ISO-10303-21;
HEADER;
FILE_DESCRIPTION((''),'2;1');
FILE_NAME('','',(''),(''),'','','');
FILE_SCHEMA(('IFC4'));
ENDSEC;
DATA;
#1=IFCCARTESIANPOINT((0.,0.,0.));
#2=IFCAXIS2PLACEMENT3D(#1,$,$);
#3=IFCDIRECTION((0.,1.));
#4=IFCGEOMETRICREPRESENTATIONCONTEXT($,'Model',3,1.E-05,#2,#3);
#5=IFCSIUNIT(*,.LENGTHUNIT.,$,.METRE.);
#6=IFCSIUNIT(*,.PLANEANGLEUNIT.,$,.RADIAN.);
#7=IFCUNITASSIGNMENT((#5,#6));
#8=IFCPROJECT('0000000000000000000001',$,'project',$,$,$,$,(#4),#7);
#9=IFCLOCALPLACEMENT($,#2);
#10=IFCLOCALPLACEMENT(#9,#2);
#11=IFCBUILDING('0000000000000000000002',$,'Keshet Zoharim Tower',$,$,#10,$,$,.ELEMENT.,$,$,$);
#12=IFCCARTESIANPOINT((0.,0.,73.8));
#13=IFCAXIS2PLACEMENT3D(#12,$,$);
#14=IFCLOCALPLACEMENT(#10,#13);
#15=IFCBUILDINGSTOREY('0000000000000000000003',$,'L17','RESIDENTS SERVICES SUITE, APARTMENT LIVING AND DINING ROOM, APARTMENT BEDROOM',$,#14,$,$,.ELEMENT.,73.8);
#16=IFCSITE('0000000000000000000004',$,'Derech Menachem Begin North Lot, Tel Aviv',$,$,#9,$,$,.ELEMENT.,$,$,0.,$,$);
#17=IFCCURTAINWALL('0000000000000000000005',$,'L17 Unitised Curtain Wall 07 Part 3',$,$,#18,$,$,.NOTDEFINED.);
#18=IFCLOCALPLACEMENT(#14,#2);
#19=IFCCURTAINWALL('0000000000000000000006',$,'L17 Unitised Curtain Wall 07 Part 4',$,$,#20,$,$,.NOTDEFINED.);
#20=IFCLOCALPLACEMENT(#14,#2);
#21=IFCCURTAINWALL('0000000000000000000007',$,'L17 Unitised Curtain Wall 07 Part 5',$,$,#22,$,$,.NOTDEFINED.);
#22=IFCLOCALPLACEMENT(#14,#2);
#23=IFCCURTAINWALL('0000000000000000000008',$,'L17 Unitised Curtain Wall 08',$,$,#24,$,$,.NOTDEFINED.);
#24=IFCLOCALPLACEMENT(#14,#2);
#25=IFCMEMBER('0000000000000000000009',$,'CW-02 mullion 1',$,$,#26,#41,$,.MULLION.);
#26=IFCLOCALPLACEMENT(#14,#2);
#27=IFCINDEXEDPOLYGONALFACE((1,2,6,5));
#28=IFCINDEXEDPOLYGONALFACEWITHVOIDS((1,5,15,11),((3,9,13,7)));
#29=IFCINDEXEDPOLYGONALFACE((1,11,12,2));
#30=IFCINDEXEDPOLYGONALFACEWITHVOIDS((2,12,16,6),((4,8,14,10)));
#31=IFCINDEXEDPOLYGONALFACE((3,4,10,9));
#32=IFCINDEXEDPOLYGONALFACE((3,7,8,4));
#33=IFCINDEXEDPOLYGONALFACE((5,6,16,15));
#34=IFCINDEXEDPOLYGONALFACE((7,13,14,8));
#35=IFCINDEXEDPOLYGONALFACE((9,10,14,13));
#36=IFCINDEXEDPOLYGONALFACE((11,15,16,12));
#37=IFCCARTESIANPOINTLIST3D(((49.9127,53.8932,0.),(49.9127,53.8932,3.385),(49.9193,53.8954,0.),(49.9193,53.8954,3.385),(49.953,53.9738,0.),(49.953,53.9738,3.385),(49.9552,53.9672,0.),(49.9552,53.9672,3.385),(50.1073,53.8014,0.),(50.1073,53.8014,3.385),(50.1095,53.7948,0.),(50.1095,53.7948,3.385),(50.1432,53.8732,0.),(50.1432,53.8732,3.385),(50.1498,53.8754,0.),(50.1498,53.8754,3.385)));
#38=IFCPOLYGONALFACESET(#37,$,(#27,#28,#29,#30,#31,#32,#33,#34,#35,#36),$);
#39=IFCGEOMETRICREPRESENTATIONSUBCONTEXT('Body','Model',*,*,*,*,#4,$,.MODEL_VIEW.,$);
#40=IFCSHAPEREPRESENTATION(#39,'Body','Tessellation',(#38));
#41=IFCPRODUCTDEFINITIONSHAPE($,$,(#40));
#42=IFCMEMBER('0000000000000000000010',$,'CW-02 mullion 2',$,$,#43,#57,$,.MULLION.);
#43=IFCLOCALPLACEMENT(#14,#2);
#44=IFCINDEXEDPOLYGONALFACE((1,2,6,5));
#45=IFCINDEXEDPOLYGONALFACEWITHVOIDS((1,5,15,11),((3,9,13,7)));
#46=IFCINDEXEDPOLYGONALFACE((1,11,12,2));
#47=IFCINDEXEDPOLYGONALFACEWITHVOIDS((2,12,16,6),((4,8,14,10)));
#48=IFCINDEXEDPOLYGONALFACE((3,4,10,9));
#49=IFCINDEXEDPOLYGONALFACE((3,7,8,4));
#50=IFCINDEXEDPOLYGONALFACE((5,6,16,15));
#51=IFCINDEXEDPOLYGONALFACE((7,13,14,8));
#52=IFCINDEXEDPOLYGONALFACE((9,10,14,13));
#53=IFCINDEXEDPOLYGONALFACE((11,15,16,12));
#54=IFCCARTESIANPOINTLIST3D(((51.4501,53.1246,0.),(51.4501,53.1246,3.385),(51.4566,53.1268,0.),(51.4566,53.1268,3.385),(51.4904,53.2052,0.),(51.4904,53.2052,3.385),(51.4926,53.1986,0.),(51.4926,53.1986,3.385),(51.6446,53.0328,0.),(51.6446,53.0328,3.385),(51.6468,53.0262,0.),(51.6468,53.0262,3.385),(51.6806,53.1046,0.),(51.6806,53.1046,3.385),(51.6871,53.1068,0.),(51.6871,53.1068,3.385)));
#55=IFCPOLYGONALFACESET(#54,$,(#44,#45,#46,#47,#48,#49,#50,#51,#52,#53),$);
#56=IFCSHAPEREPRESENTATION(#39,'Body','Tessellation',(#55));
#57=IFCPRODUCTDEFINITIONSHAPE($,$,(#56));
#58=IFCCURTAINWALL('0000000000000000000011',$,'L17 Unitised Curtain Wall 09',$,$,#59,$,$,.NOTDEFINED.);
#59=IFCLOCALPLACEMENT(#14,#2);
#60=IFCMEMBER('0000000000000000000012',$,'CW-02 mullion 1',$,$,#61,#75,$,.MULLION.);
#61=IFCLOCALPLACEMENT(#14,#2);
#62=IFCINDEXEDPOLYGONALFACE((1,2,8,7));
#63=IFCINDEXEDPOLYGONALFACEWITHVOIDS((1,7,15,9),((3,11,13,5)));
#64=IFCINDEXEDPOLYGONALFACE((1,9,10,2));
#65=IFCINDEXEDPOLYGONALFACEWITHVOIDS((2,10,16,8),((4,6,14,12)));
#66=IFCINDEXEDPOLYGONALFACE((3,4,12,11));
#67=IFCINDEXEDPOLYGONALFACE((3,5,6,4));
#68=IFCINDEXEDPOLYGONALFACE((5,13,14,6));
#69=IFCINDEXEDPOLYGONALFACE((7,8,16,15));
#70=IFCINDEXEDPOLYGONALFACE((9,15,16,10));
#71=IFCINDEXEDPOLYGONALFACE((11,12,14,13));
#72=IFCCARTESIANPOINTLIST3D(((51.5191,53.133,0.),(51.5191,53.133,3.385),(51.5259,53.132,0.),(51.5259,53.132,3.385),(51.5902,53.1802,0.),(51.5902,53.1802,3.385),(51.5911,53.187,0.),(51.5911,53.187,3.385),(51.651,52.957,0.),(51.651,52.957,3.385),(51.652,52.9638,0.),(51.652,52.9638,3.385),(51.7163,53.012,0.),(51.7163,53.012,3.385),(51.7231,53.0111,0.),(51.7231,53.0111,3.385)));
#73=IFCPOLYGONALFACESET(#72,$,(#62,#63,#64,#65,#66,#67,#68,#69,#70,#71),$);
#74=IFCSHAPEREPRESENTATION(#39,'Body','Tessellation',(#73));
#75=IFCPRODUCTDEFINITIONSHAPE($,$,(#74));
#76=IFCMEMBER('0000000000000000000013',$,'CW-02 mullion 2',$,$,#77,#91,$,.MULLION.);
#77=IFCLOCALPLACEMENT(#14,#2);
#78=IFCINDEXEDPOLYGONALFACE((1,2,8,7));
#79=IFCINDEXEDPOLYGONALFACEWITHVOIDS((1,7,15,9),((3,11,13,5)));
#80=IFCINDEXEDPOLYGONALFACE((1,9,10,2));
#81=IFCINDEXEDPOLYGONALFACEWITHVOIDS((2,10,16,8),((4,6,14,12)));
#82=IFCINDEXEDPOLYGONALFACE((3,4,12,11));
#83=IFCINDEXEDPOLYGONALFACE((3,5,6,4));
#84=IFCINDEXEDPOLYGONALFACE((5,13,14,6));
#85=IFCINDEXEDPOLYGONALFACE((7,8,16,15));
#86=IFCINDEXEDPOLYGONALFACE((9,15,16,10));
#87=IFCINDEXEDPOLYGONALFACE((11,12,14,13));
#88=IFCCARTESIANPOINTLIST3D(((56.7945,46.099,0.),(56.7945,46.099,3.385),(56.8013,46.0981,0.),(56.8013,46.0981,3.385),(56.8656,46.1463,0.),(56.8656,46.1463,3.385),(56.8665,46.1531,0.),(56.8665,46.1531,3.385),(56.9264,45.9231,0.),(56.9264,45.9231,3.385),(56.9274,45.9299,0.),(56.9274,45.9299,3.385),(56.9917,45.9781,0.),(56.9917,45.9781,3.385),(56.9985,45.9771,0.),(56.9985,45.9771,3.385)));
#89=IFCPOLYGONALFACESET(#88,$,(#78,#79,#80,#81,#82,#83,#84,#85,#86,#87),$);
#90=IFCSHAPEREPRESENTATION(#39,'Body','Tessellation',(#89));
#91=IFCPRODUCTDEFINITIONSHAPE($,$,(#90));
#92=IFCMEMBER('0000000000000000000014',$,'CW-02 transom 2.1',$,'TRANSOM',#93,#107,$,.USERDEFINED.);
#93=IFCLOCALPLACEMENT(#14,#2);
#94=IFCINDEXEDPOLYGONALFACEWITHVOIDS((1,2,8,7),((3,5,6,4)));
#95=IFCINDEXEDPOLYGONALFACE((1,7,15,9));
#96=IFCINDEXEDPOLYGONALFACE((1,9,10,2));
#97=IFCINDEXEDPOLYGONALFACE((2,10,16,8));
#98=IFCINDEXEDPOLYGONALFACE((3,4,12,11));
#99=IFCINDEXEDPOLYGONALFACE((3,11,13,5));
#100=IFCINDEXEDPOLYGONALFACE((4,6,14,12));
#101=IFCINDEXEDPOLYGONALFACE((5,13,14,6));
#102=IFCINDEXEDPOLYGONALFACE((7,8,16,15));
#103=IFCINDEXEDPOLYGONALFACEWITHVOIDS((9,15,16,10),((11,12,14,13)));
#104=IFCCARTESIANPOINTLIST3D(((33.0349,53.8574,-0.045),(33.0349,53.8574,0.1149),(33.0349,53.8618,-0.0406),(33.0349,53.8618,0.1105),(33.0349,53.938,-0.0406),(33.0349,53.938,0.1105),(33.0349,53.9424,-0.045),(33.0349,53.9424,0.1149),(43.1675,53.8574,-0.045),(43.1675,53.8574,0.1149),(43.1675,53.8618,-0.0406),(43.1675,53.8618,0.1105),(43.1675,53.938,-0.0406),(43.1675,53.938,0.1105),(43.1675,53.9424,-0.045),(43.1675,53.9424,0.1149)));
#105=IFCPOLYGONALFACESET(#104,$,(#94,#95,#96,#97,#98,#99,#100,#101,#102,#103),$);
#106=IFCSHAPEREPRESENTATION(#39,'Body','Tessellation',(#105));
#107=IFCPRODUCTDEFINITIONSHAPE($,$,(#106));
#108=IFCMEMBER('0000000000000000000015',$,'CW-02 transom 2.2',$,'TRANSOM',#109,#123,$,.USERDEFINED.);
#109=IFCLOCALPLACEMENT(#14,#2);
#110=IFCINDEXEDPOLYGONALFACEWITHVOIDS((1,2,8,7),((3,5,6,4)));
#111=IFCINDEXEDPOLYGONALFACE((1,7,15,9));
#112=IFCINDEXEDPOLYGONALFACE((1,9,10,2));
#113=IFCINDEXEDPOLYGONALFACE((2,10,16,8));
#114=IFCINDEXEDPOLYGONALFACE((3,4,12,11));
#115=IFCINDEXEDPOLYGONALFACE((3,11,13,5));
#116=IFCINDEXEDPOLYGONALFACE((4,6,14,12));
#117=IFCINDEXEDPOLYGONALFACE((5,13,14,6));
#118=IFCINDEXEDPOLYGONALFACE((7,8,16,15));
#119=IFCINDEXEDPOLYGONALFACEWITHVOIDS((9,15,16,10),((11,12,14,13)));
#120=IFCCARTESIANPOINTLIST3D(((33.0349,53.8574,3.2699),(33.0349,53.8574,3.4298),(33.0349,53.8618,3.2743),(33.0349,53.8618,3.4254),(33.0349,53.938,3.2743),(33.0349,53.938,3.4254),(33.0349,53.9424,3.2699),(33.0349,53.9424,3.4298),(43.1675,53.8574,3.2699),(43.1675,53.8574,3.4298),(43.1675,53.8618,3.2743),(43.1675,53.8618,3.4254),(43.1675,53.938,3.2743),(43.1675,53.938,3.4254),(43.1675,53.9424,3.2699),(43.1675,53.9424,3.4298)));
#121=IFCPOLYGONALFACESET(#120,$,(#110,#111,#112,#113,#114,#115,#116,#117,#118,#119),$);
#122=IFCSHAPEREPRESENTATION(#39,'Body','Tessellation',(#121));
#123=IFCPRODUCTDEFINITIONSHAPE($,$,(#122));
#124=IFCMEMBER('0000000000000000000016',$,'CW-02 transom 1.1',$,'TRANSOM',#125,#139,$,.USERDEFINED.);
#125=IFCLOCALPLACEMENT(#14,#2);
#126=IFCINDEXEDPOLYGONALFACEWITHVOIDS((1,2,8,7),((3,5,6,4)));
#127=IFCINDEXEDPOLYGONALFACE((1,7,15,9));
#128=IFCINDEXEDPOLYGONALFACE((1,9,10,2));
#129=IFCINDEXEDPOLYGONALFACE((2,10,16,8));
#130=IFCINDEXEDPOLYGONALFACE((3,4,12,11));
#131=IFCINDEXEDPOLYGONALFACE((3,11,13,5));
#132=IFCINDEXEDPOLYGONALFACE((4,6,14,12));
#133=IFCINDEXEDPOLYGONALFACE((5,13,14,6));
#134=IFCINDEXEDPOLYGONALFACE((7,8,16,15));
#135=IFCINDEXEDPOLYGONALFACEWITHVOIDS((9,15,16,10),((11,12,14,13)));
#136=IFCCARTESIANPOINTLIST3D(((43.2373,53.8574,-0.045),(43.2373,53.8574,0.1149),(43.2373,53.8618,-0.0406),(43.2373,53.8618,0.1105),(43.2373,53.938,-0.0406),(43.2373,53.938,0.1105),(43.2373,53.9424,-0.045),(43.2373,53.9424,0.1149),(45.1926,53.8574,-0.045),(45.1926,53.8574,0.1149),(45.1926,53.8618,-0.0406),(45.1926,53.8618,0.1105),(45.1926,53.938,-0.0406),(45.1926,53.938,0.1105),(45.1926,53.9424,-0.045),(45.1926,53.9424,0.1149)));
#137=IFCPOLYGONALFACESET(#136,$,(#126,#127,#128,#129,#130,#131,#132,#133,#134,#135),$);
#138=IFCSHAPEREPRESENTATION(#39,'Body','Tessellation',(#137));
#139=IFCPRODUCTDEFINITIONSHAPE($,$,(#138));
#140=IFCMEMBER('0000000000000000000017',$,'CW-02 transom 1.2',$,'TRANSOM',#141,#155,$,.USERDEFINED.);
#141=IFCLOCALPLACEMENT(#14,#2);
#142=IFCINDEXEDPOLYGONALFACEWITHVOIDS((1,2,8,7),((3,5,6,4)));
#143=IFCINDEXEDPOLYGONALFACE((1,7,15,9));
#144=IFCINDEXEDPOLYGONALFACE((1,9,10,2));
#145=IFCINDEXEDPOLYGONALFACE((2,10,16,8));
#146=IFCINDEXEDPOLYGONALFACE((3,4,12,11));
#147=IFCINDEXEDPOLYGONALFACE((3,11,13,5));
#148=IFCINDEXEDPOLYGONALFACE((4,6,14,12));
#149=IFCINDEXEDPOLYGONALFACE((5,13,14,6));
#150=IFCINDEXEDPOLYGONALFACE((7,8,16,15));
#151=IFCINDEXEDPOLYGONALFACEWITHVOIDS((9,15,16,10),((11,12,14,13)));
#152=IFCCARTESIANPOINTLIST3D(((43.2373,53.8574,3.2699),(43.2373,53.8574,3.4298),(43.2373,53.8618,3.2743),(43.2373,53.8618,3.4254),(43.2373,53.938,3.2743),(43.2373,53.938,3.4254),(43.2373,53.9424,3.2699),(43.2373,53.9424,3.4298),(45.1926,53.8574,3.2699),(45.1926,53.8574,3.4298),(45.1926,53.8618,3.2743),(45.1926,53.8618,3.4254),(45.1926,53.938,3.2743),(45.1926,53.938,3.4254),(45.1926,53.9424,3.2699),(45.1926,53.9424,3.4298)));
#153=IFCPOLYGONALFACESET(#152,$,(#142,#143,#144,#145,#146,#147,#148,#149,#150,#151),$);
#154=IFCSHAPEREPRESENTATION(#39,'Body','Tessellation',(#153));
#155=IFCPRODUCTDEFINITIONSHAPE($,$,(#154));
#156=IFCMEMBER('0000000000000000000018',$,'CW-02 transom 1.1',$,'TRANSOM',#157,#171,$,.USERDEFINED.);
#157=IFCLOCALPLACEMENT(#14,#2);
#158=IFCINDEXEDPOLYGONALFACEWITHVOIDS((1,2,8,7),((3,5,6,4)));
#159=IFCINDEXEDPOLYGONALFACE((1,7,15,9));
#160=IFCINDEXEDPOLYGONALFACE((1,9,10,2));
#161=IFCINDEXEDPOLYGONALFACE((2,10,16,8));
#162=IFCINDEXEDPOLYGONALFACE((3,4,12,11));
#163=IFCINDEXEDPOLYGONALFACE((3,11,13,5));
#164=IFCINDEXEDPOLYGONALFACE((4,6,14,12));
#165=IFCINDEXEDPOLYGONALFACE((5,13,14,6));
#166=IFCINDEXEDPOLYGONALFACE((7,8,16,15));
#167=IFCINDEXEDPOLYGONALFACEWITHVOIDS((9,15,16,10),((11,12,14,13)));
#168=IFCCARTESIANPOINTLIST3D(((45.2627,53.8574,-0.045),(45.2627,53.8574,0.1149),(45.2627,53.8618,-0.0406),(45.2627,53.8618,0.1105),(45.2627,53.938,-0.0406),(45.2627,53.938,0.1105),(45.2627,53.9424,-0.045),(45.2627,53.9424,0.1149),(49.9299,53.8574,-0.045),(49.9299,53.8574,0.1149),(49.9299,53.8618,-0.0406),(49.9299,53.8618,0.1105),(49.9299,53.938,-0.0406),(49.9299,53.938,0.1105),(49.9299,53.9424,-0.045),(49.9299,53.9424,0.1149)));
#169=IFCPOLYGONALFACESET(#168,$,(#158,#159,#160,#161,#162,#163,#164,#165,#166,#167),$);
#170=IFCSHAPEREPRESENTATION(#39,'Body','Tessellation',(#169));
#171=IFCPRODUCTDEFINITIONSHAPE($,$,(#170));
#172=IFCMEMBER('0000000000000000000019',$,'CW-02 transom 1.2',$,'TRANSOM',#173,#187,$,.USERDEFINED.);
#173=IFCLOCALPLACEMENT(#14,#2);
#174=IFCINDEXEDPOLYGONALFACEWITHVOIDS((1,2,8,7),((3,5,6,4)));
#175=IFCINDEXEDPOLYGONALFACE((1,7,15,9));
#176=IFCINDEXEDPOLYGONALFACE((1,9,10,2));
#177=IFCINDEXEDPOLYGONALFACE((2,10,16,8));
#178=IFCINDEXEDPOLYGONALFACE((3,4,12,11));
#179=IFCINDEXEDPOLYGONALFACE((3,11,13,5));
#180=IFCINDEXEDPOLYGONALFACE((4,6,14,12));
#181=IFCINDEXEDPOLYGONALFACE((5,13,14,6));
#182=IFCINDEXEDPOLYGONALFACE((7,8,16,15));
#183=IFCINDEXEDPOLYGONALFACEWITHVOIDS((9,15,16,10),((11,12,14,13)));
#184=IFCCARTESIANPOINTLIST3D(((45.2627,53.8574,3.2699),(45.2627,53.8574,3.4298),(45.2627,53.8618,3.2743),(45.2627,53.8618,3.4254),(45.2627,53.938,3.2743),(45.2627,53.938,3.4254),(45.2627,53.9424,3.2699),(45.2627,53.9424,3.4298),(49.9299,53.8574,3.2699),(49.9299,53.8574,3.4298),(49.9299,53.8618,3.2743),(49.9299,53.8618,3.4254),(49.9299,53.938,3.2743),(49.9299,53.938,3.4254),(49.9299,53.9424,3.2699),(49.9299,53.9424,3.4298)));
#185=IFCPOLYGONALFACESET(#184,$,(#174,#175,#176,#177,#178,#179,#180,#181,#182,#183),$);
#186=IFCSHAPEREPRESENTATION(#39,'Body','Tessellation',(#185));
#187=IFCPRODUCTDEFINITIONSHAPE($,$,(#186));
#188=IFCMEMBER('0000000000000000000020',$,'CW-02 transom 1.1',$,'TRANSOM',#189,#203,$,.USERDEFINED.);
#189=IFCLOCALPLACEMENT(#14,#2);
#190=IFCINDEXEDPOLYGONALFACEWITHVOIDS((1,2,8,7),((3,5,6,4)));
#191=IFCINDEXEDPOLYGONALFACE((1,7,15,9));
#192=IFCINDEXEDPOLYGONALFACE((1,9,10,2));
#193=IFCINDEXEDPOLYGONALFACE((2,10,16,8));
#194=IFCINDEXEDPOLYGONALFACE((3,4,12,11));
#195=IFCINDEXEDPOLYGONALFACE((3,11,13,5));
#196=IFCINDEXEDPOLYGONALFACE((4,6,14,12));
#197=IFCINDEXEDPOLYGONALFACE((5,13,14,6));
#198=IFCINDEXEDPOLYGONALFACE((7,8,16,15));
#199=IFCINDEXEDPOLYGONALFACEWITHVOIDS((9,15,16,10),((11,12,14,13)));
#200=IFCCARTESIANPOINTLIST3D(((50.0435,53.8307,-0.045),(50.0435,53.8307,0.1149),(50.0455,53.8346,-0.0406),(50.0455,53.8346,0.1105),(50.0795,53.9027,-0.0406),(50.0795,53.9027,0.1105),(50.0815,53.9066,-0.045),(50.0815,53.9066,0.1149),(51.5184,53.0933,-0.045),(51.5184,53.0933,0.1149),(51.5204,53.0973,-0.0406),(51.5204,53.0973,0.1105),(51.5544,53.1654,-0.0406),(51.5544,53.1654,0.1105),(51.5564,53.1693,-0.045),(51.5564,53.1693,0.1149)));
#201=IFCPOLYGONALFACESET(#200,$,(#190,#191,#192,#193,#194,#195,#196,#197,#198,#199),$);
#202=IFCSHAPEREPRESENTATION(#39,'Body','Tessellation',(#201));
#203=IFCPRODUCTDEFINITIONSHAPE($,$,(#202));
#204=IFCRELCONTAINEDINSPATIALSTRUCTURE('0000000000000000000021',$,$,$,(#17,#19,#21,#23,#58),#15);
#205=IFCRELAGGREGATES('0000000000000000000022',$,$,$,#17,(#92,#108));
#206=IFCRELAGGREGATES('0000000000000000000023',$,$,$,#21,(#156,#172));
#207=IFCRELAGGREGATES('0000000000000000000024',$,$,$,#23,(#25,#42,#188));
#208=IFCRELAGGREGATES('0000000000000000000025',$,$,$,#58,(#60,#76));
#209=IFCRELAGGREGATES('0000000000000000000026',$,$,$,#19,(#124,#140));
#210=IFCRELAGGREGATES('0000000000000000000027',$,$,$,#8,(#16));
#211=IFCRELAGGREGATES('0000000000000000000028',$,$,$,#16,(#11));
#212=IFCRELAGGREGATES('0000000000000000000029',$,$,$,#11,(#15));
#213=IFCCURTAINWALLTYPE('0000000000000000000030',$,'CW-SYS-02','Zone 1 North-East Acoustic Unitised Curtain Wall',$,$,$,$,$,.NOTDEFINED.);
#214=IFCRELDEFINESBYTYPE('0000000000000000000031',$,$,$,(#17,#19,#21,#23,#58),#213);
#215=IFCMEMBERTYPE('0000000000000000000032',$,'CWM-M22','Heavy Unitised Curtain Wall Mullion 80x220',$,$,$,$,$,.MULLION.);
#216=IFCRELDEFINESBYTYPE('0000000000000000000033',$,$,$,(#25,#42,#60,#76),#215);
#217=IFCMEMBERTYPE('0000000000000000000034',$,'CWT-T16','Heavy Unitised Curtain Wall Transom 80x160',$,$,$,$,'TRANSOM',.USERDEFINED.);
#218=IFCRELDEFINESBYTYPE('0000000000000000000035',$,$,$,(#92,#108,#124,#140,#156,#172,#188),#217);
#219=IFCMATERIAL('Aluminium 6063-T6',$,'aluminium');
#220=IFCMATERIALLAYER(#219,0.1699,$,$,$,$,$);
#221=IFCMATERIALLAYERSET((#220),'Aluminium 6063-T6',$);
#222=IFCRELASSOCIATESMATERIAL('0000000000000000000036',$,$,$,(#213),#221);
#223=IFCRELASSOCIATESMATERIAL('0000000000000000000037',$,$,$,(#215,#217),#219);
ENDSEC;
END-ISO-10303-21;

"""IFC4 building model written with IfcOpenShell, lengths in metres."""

from ifc_helpers import new_model, si_unit, direction, frame, origin, origin_2d, place, context, subcontext, project, spatial, hollow_rectangle, extrude, material, layer, layer_set, material_profile, profile_set, type_object, element, aggregate, save


model = new_model("IFC4")

# Units and contexts
model_context = context("Model", 3, precision=1e-05, world=origin(), true_north=direction((0.0, 1.0)))
body_context = subcontext(model_context, "Body", "Model", "MODEL_VIEW")
ifc_project = project(units=[si_unit("LENGTHUNIT", "METRE"), si_unit("PLANEANGLEUNIT", "RADIAN")], contexts=[model_context])

# Site, building, storey
site_placement = place(None, origin())
site = spatial("IfcSite", under=ifc_project, at=site_placement, Name="Derech Menachem Begin North Lot, Tel Aviv", CompositionType="ELEMENT", RefElevation=0.0)
building_placement = place(site_placement, origin())
building = spatial("IfcBuilding", under=site, at=building_placement, Name="Keshet Zoharim Tower", CompositionType="ELEMENT")
storey_placement = place(building_placement, frame((0.0, 0.0, 73.8)))
storey = spatial("IfcBuildingStorey", under=building, at=storey_placement, Name="L17", Description="RESIDENTS SERVICES SUITE, APARTMENT LIVING AND DINING ROOM, APARTMENT BEDROOM", CompositionType="ELEMENT", Elevation=73.8)

# Curtain walls
ifc_material_1 = material(Name="Aluminium 6063-T6", Category="aluminium")
ifc_layer_1 = layer(ifc_material_1, 0.1699)
ifc_layer_set_1 = layer_set([ifc_layer_1], Name="Aluminium 6063-T6")
curtain_wall_type = type_object("IfcCurtainWallType", Name="CW-SYS-02", Description="Zone 1 North-East Acoustic Unitised Curtain Wall", PredefinedType="NOTDEFINED", material=ifc_layer_set_1)
curtain_wall_1_placement = place(storey_placement, origin())
curtain_wall_1 = element("IfcCurtainWall", 1, at=curtain_wall_1_placement, inside=storey, type_object=curtain_wall_type, Name="L17 Unitised Curtain Wall 07 Part 3", PredefinedType="NOTDEFINED")
ifc_material_profile_1 = material_profile(ifc_material_1, hollow_rectangle(XDim=0.0901, YDim=0.22, WallThickness=0.0049, at=origin_2d()), Name="MUL-90x220")
ifc_profile_set_1 = profile_set([ifc_material_profile_1], Name="Aluminium 6063-T6")
member_type_1 = type_object("IfcMemberType", Name="CWM-M22", Description="Heavy Unitised Curtain Wall Mullion 80x220", PredefinedType="MULLION", material=ifc_profile_set_1)
curtain_wall_2_placement = place(storey_placement, origin())
curtain_wall_2 = element("IfcCurtainWall", 2, at=curtain_wall_2_placement, inside=storey, type_object=curtain_wall_type, Name="L17 Unitised Curtain Wall 07 Part 4", PredefinedType="NOTDEFINED")
curtain_wall_3_placement = place(storey_placement, origin())
curtain_wall_3 = element("IfcCurtainWall", 3, at=curtain_wall_3_placement, inside=storey, type_object=curtain_wall_type, Name="L17 Unitised Curtain Wall 07 Part 5", PredefinedType="NOTDEFINED")

# Curtain walls, members
curtain_wall_4_placement = place(storey_placement, origin())
curtain_wall_4 = element("IfcCurtainWall", 4, at=curtain_wall_4_placement, inside=storey, type_object=curtain_wall_type, Name="L17 Unitised Curtain Wall 08", PredefinedType="NOTDEFINED")
member_1_placement = place(storey_placement, frame((50.0312, 53.8843, 0.0), z_axis=(0.0, 0.0, 1.0), x_axis=(0.447214, 0.894427, 0.0)))
member_1 = element("IfcMember", 5, at=member_1_placement, type_object=member_type_1, Name="CW-02 mullion 1", PredefinedType="MULLION", context=body_context, shape_type="SweptSolid", body=[
    extrude(hollow_rectangle(XDim=0.0901, YDim=0.22, WallThickness=0.0049, at=origin_2d()), origin(), (0.0, 0.0, 1.0), 3.385),
])
member_2_placement = place(storey_placement, frame((51.5686, 53.1157, 0.0), z_axis=(0.0, 0.0, 1.0), x_axis=(0.447214, 0.894427, 0.0)))
member_2 = element("IfcMember", 6, at=member_2_placement, type_object=member_type_1, Name="CW-02 mullion 2", PredefinedType="MULLION", context=body_context, shape_type="SweptSolid", body=[
    extrude(hollow_rectangle(XDim=0.0901, YDim=0.22, WallThickness=0.0049, at=origin_2d()), origin(), (0.0, 0.0, 1.0), 3.385),
])
curtain_wall_5_placement = place(storey_placement, origin())
curtain_wall_5 = element("IfcCurtainWall", 7, at=curtain_wall_5_placement, inside=storey, type_object=curtain_wall_type, Name="L17 Unitised Curtain Wall 09", PredefinedType="NOTDEFINED")
member_3_placement = place(storey_placement, frame((51.6211, 53.072, 0.0), z_axis=(0.0, 0.0, 1.0), x_axis=(0.8, 0.6, 0.0)))
member_3 = element("IfcMember", 8, at=member_3_placement, type_object=member_type_1, Name="CW-02 mullion 1", PredefinedType="MULLION", context=body_context, shape_type="SweptSolid", body=[
    extrude(hollow_rectangle(XDim=0.0901, YDim=0.22, WallThickness=0.0049, at=origin_2d()), origin(), (0.0, 0.0, 1.0), 3.385),
])
member_4_placement = place(storey_placement, frame((56.8965, 46.0381, 0.0), z_axis=(0.0, 0.0, 1.0), x_axis=(0.8, 0.6, 0.0)))
member_4 = element("IfcMember", 9, at=member_4_placement, type_object=member_type_1, Name="CW-02 mullion 2", PredefinedType="MULLION", context=body_context, shape_type="SweptSolid", body=[
    extrude(hollow_rectangle(XDim=0.0901, YDim=0.22, WallThickness=0.0049, at=origin_2d()), origin(), (0.0, 0.0, 1.0), 3.385),
])

# Members
ifc_material_profile_2 = material_profile(ifc_material_1, hollow_rectangle(XDim=0.085, YDim=0.1599, WallThickness=0.0044, at=origin_2d()), Name="TRN-85x160")
ifc_profile_set_2 = profile_set([ifc_material_profile_2], Name="Aluminium 6063-T6")
member_type_2 = type_object("IfcMemberType", Name="CWT-T16", Description="Heavy Unitised Curtain Wall Transom 80x160", ElementType="TRANSOM", PredefinedType="USERDEFINED", material=ifc_profile_set_2)
member_5_placement = place(storey_placement, frame((33.0349, 53.8999, 0.0349), z_axis=(1.0, 0.0, 0.0), x_axis=(0.0, 1.0, 0.0)))
member_5 = element("IfcMember", 10, at=member_5_placement, type_object=member_type_2, Name="CW-02 transom 2.1", ObjectType="TRANSOM", PredefinedType="USERDEFINED", context=body_context, shape_type="SweptSolid", body=[
    extrude(hollow_rectangle(XDim=0.085, YDim=0.1599, WallThickness=0.0044, at=origin_2d()), origin(), (0.0, 0.0, 1.0), 10.1326),
])
member_6_placement = place(storey_placement, frame((33.0349, 53.8999, 3.3499), z_axis=(1.0, 0.0, 0.0), x_axis=(0.0, 1.0, 0.0)))
member_6 = element("IfcMember", 11, at=member_6_placement, type_object=member_type_2, Name="CW-02 transom 2.2", ObjectType="TRANSOM", PredefinedType="USERDEFINED", context=body_context, shape_type="SweptSolid", body=[
    extrude(hollow_rectangle(XDim=0.085, YDim=0.1599, WallThickness=0.0044, at=origin_2d()), origin(), (0.0, 0.0, 1.0), 10.1326),
])
member_7_placement = place(storey_placement, frame((43.2373, 53.8999, 0.0349), z_axis=(1.0, 0.0, 0.0), x_axis=(0.0, 1.0, 0.0)))
member_7 = element("IfcMember", 12, at=member_7_placement, type_object=member_type_2, Name="CW-02 transom 1.1", ObjectType="TRANSOM", PredefinedType="USERDEFINED", context=body_context, shape_type="SweptSolid", body=[
    extrude(hollow_rectangle(XDim=0.085, YDim=0.1599, WallThickness=0.0044, at=origin_2d()), origin(), (0.0, 0.0, 1.0), 1.9553),
])
member_8_placement = place(storey_placement, frame((43.2373, 53.8999, 3.3499), z_axis=(1.0, 0.0, 0.0), x_axis=(0.0, 1.0, 0.0)))
member_8 = element("IfcMember", 13, at=member_8_placement, type_object=member_type_2, Name="CW-02 transom 1.2", ObjectType="TRANSOM", PredefinedType="USERDEFINED", context=body_context, shape_type="SweptSolid", body=[
    extrude(hollow_rectangle(XDim=0.085, YDim=0.1599, WallThickness=0.0044, at=origin_2d()), origin(), (0.0, 0.0, 1.0), 1.9553),
])
member_9_placement = place(storey_placement, frame((45.2627, 53.8999, 0.0349), z_axis=(1.0, 0.0, 0.0), x_axis=(0.0, 1.0, 0.0)))
member_9 = element("IfcMember", 14, at=member_9_placement, type_object=member_type_2, Name="CW-02 transom 1.1", ObjectType="TRANSOM", PredefinedType="USERDEFINED", context=body_context, shape_type="SweptSolid", body=[
    extrude(hollow_rectangle(XDim=0.085, YDim=0.1599, WallThickness=0.0044, at=origin_2d()), origin(), (0.0, 0.0, 1.0), 4.6672),
])
member_10_placement = place(storey_placement, frame((45.2627, 53.8999, 3.3499), z_axis=(1.0, 0.0, 0.0), x_axis=(0.0, 1.0, 0.0)))
member_10 = element("IfcMember", 15, at=member_10_placement, type_object=member_type_2, Name="CW-02 transom 1.2", ObjectType="TRANSOM", PredefinedType="USERDEFINED", context=body_context, shape_type="SweptSolid", body=[
    extrude(hollow_rectangle(XDim=0.085, YDim=0.1599, WallThickness=0.0044, at=origin_2d()), origin(), (0.0, 0.0, 1.0), 4.6672),
])
member_11_placement = place(storey_placement, frame((50.0625, 53.8687, 0.0349), z_axis=(0.894457, -0.447154, 0.0), x_axis=(0.447154, 0.894457, 0.0)))
member_11 = element("IfcMember", 16, at=member_11_placement, type_object=member_type_2, Name="CW-02 transom 1.1", ObjectType="TRANSOM", PredefinedType="USERDEFINED", context=body_context, shape_type="SweptSolid", body=[
    extrude(hollow_rectangle(XDim=0.085, YDim=0.1599, WallThickness=0.0044, at=origin_2d()), origin(), (0.0, 0.0, 1.0), 1.6489),
])

aggregate(curtain_wall_1, [member_5, member_6])
aggregate(curtain_wall_3, [member_9, member_10])
aggregate(curtain_wall_4, [member_1, member_2, member_11])
aggregate(curtain_wall_5, [member_3, member_4])
aggregate(curtain_wall_2, [member_7, member_8])

save(model, "model.ifc")
